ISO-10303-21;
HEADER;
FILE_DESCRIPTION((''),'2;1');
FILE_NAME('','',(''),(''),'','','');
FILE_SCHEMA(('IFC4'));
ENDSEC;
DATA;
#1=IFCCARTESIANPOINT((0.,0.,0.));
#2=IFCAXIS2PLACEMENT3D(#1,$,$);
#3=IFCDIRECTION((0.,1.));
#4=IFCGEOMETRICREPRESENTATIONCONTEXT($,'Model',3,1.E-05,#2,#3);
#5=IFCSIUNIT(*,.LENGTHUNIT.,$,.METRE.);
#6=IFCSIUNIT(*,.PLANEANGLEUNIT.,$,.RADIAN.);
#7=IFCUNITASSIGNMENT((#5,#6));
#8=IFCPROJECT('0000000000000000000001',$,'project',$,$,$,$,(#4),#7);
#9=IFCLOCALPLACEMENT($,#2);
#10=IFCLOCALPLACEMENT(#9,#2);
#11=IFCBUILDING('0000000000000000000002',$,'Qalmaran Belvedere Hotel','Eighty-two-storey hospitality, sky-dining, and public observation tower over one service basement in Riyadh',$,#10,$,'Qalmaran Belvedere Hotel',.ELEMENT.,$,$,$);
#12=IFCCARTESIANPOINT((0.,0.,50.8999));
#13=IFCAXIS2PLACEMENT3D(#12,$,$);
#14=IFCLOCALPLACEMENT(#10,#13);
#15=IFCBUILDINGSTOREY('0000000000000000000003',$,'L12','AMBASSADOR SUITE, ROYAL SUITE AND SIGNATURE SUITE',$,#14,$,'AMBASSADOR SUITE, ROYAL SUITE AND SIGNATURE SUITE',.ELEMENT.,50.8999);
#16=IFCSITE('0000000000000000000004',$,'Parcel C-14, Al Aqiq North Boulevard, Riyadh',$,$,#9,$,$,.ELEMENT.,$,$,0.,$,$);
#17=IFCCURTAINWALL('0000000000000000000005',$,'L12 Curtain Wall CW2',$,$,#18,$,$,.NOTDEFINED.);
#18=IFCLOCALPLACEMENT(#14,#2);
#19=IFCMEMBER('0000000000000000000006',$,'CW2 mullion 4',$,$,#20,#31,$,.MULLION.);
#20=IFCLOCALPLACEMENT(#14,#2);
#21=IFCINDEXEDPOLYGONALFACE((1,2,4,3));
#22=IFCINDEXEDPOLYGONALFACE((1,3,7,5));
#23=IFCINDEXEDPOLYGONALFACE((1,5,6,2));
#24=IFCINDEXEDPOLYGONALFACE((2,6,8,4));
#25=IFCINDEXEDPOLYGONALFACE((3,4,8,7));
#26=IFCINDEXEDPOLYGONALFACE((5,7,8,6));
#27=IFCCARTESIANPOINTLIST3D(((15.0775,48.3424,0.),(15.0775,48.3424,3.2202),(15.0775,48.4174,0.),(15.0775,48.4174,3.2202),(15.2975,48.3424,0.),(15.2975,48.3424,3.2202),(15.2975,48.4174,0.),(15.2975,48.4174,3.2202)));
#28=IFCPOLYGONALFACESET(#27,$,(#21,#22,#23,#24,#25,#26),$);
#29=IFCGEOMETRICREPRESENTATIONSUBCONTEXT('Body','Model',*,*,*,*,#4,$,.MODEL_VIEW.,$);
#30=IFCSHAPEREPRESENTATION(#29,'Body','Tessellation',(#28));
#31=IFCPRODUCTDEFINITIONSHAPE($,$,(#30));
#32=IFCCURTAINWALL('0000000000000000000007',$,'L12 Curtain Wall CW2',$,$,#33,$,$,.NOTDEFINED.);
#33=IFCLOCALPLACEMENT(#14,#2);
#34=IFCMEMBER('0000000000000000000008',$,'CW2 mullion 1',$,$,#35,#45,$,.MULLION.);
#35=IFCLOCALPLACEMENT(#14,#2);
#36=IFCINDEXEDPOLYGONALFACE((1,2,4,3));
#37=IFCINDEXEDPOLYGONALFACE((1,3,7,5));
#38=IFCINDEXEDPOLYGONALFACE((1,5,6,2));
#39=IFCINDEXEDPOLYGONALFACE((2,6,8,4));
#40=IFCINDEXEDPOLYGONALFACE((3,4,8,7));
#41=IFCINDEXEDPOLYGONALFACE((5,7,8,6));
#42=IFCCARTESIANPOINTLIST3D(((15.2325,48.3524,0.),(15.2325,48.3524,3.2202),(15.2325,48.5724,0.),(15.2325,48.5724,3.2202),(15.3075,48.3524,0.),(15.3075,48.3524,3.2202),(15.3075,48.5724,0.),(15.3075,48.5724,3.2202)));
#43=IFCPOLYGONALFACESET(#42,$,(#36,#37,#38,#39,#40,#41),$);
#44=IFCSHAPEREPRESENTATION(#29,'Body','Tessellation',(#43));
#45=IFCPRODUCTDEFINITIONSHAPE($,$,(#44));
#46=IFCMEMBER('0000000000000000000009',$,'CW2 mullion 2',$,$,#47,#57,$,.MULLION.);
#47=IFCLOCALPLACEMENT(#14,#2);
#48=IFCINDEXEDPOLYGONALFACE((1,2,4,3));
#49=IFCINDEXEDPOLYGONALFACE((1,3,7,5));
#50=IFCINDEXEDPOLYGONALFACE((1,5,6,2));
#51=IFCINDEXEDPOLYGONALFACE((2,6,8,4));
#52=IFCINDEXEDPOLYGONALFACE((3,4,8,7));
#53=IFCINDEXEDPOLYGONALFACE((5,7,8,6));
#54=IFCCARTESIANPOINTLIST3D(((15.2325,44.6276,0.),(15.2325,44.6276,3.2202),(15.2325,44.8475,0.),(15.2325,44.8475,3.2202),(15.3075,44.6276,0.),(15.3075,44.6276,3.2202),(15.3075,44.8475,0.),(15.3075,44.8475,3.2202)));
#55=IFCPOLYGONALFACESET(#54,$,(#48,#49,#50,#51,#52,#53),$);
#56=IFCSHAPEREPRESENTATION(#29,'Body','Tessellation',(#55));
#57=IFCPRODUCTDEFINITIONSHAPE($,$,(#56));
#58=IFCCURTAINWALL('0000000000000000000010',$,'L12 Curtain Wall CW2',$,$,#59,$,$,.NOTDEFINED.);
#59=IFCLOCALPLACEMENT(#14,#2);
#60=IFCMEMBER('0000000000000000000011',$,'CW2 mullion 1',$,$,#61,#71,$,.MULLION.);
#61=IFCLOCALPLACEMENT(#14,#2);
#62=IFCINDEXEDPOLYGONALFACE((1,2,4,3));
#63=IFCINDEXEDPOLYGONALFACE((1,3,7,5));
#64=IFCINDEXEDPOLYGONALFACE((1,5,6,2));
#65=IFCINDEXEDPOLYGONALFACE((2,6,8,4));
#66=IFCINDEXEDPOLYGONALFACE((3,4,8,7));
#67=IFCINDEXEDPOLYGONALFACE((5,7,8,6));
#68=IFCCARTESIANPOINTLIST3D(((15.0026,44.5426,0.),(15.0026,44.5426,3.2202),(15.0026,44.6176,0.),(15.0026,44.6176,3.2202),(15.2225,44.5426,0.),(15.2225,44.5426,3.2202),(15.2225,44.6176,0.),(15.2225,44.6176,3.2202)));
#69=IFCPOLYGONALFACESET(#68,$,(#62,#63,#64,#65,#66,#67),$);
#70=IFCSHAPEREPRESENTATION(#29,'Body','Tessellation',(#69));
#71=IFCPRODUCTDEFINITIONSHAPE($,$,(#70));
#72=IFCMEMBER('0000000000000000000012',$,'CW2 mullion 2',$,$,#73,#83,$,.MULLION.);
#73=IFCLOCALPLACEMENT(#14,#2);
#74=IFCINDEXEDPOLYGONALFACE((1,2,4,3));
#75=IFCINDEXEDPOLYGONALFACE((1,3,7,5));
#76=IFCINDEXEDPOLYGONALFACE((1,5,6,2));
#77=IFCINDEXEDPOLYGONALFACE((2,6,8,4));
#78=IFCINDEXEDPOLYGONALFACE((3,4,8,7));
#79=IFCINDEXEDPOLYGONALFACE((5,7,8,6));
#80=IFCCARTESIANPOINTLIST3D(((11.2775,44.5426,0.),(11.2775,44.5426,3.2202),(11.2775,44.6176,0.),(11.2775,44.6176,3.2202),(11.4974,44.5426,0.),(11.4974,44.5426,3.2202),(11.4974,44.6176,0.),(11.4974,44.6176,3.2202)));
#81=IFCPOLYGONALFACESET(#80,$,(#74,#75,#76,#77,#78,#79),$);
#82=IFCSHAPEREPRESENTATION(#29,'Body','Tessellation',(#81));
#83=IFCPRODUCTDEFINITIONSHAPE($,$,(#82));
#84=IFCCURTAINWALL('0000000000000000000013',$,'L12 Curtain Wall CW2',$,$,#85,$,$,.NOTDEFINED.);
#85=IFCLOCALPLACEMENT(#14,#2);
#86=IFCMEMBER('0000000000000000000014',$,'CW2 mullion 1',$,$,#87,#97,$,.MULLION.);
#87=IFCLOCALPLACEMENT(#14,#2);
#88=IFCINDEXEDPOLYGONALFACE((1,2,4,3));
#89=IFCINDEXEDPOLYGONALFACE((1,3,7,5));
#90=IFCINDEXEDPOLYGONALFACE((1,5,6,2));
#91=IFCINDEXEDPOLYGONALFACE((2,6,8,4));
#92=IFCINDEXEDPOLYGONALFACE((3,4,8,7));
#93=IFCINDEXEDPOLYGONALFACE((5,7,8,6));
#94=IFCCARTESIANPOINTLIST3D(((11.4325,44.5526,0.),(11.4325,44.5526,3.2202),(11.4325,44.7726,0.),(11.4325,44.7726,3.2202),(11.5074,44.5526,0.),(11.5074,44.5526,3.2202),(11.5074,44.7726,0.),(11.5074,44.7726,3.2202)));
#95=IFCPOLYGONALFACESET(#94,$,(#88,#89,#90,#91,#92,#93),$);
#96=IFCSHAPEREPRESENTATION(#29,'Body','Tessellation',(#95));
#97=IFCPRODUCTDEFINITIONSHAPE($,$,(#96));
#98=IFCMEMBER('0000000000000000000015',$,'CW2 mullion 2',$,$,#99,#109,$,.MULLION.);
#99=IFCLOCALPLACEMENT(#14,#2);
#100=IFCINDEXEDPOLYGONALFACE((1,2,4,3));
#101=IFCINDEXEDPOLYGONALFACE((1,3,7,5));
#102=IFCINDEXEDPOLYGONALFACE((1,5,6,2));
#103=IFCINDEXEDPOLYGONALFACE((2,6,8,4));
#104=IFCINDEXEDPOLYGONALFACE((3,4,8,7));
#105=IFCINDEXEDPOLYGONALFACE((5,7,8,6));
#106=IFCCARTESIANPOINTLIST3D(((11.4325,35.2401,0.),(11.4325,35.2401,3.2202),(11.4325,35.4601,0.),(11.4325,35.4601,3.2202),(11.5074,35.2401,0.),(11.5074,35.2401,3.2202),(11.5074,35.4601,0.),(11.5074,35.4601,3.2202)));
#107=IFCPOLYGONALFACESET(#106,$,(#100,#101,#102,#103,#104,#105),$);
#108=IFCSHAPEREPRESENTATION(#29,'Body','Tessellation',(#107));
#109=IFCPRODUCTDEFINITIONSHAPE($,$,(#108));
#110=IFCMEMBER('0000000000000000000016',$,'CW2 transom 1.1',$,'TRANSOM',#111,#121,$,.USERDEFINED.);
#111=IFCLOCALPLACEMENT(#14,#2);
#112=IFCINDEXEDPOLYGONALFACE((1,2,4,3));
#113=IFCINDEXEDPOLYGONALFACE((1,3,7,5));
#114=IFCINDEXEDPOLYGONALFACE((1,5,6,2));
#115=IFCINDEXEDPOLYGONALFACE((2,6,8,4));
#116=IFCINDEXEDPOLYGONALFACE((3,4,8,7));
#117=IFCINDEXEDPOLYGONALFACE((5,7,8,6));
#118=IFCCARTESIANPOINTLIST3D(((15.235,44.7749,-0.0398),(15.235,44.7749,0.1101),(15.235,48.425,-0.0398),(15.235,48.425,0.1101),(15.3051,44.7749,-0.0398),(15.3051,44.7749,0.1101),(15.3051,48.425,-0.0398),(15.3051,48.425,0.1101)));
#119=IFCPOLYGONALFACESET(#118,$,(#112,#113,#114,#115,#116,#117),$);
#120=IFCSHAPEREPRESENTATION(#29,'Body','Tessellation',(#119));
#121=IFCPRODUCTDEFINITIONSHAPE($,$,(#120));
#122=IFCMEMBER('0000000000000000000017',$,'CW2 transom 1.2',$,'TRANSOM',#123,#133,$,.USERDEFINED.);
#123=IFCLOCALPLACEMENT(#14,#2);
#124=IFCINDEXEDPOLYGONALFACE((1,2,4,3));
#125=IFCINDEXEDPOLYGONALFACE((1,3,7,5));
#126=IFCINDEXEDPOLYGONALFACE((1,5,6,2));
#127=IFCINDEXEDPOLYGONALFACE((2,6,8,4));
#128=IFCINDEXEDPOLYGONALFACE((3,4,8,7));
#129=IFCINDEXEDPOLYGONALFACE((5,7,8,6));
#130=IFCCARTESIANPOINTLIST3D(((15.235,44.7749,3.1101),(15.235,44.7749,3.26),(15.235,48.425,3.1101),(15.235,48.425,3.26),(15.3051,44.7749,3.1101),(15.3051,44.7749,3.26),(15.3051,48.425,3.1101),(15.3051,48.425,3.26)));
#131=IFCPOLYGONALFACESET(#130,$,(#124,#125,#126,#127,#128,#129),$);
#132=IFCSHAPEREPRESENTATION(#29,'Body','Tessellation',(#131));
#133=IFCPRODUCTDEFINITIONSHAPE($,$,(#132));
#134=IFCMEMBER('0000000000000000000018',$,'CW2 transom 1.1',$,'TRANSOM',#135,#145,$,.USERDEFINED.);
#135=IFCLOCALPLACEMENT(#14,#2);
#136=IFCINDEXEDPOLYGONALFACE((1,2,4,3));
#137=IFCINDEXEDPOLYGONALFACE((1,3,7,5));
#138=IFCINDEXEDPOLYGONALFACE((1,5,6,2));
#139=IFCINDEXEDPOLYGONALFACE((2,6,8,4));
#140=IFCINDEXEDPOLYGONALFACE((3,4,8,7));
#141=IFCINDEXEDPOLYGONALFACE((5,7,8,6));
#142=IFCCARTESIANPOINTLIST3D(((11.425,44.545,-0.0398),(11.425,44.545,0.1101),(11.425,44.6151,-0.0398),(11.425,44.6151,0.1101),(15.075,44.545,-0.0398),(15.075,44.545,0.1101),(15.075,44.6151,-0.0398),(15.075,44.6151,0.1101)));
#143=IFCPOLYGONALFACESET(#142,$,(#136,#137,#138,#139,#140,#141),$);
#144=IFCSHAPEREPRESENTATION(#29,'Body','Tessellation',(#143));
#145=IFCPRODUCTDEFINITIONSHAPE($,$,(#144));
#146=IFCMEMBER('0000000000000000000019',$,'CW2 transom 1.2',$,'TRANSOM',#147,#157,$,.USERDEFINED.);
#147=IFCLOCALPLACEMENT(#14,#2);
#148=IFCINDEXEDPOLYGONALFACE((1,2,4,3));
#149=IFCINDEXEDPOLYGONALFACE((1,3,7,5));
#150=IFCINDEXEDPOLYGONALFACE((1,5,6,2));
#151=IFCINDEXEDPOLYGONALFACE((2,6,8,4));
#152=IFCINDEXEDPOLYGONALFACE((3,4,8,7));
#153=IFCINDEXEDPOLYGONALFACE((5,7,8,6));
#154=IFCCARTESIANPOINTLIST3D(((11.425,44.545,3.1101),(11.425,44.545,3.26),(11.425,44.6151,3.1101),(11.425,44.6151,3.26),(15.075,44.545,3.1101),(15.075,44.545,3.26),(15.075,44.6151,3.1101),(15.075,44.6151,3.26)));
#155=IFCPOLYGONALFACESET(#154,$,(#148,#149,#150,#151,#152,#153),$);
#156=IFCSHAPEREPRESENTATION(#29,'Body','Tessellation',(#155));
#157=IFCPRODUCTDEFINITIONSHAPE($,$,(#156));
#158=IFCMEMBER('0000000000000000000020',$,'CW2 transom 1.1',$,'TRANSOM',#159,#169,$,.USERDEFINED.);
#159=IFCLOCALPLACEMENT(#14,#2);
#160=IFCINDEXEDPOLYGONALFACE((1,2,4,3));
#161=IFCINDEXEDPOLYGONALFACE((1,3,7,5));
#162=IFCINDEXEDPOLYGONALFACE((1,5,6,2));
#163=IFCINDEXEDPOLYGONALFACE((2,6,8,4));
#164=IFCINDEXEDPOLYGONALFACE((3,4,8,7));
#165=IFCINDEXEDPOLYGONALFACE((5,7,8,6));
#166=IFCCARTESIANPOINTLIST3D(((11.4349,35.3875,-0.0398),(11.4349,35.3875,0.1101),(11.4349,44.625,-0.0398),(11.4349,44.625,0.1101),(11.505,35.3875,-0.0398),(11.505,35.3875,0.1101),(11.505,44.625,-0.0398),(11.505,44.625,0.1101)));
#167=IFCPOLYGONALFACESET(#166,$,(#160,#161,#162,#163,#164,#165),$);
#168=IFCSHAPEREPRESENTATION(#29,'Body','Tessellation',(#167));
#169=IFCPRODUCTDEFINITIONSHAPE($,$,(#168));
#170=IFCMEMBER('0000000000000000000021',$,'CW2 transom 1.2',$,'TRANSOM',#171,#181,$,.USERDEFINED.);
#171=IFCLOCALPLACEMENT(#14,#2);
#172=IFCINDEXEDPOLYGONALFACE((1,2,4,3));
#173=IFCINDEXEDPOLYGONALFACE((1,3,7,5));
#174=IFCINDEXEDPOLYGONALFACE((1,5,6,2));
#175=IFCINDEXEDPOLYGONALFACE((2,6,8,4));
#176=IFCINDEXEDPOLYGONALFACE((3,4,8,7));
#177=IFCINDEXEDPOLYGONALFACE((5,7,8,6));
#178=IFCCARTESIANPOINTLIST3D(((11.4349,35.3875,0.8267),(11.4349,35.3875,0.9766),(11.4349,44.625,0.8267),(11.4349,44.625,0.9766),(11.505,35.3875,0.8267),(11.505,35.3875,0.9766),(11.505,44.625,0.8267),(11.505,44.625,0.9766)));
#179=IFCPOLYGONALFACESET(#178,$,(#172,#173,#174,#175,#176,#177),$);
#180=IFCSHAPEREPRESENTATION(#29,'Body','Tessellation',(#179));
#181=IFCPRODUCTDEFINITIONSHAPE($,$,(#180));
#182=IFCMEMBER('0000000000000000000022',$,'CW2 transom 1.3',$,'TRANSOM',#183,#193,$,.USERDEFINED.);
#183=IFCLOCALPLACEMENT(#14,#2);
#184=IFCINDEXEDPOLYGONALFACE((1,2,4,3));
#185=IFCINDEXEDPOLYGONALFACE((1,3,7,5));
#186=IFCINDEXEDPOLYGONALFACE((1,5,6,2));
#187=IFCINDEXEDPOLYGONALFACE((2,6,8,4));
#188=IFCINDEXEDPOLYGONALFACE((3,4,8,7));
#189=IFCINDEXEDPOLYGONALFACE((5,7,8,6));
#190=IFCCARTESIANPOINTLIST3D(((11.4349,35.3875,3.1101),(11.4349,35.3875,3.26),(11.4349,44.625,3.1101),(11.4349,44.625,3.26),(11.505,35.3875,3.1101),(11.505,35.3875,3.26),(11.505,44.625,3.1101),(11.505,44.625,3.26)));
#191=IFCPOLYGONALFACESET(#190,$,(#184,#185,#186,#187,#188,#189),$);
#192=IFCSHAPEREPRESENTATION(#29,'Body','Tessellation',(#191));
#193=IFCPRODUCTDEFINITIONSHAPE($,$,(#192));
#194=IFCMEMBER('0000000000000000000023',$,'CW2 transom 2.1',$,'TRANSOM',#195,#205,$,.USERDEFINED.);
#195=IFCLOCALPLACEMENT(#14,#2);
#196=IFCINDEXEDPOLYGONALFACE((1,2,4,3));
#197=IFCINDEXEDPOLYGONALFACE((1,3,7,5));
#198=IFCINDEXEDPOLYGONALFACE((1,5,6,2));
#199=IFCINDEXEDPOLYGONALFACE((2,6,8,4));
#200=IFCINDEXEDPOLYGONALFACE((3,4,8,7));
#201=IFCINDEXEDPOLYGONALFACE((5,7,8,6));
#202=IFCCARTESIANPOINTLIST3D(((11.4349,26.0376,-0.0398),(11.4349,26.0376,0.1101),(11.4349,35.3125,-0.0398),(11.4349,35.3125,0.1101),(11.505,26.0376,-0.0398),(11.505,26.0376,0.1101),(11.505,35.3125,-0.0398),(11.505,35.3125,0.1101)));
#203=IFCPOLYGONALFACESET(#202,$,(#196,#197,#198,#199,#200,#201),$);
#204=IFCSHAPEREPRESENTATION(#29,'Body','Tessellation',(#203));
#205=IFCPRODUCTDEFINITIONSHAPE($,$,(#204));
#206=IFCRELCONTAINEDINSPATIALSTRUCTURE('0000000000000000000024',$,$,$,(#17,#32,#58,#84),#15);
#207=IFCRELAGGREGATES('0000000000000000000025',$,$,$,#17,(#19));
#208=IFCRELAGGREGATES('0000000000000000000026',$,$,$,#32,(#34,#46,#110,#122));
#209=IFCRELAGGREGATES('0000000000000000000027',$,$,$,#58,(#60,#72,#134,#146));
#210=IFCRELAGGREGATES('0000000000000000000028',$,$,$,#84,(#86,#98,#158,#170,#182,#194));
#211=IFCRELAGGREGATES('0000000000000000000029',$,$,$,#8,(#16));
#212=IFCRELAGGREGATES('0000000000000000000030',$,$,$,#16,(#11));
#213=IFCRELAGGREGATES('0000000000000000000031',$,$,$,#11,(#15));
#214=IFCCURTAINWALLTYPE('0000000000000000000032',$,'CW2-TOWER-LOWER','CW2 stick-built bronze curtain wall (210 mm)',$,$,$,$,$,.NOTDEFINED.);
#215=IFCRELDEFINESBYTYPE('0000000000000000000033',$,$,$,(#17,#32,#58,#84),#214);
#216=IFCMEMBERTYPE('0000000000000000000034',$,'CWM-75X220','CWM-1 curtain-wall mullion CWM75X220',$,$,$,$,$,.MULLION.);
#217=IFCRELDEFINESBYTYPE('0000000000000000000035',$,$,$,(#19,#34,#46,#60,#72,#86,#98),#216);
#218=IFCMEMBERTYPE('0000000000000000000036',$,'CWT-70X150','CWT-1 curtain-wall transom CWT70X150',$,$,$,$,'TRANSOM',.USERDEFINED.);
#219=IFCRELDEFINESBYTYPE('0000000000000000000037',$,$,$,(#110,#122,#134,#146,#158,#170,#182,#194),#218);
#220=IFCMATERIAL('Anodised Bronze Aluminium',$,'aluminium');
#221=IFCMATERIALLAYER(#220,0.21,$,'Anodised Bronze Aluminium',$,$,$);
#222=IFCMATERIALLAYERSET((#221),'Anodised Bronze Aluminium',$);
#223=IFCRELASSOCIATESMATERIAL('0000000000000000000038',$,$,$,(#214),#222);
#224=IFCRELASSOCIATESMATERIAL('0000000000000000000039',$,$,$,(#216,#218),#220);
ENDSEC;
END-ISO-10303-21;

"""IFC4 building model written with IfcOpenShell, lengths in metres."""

from ifc_helpers import new_model, si_unit, direction, frame, origin, origin_2d, place, context, subcontext, project, spatial, rectangle, extrude, material, layer, layer_set, material_profile, profile_set, type_object, element, aggregate, save


model = new_model("IFC4")

# Units and contexts
model_context = context("Model", 3, precision=1e-05, world=origin(), true_north=direction((0.0, 1.0)))
body_context = subcontext(model_context, "Body", "Model", "MODEL_VIEW")
ifc_project = project(units=[si_unit("LENGTHUNIT", "METRE"), si_unit("PLANEANGLEUNIT", "RADIAN")], contexts=[model_context])

# Site, building, storey
site_placement = place(None, origin())
site = spatial("IfcSite", under=ifc_project, at=site_placement, Name="Parcel C-14, Al Aqiq North Boulevard, Riyadh", CompositionType="ELEMENT", RefElevation=0.0)
building_placement = place(site_placement, origin())
building = spatial("IfcBuilding", under=site, at=building_placement, Name="Qalmaran Belvedere Hotel", Description="Eighty-two-storey hospitality, sky-dining, and public observation tower over one service basement in Riyadh", LongName="Qalmaran Belvedere Hotel", CompositionType="ELEMENT")
storey_placement = place(building_placement, frame((0.0, 0.0, 50.8999)))
storey = spatial("IfcBuildingStorey", under=building, at=storey_placement, Name="L12", Description="AMBASSADOR SUITE, ROYAL SUITE AND SIGNATURE SUITE", LongName="AMBASSADOR SUITE, ROYAL SUITE AND SIGNATURE SUITE", CompositionType="ELEMENT", Elevation=50.8999)

# Curtain wall, member
ifc_material_1 = material(Name="Anodised Bronze Aluminium", Category="aluminium")
ifc_layer_1 = layer(ifc_material_1, 0.21, Name="Anodised Bronze Aluminium")
ifc_layer_set_1 = layer_set([ifc_layer_1], Name="Anodised Bronze Aluminium")
curtain_wall_type = type_object("IfcCurtainWallType", Name="CW2-TOWER-LOWER", Description="CW2 stick-built bronze curtain wall (210 mm)", PredefinedType="NOTDEFINED", material=ifc_layer_set_1)
curtain_wall_1_placement = place(storey_placement, origin())
curtain_wall_1 = element("IfcCurtainWall", 1, at=curtain_wall_1_placement, inside=storey, type_object=curtain_wall_type, Name="L12 Curtain Wall CW2", PredefinedType="NOTDEFINED")
ifc_material_profile_1 = material_profile(ifc_material_1, rectangle(XDim=0.075, YDim=0.22, at=origin_2d()), Name="CWM75X220")
ifc_profile_set_1 = profile_set([ifc_material_profile_1], Name="Anodised Bronze Aluminium")
member_type_1 = type_object("IfcMemberType", Name="CWM-75X220", Description="CWM-1 curtain-wall mullion CWM75X220", PredefinedType="MULLION", material=ifc_profile_set_1)
member_1_placement = place(storey_placement, frame((15.1875, 48.3799, 0.0), z_axis=(0.0, 0.0, 1.0), x_axis=(0.0, -1.0, 0.0)))
member_1 = element("IfcMember", 2, at=member_1_placement, type_object=member_type_1, Name="CW2 mullion 4", PredefinedType="MULLION", context=body_context, shape_type="SweptSolid", body=[
    extrude(rectangle(XDim=0.075, YDim=0.22, at=origin_2d()), origin(), (0.0, 0.0, 1.0), 3.2202),
])

# Curtain walls, members
curtain_wall_2_placement = place(storey_placement, origin())
curtain_wall_2 = element("IfcCurtainWall", 3, at=curtain_wall_2_placement, inside=storey, type_object=curtain_wall_type, Name="L12 Curtain Wall CW2", PredefinedType="NOTDEFINED")
member_2_placement = place(storey_placement, frame((15.27, 48.4624, 0.0), z_axis=(0.0, 0.0, 1.0), x_axis=(1.0, 0.0, 0.0)))
member_2 = element("IfcMember", 4, at=member_2_placement, type_object=member_type_1, Name="CW2 mullion 1", PredefinedType="MULLION", context=body_context, shape_type="SweptSolid", body=[
    extrude(rectangle(XDim=0.075, YDim=0.22, at=origin_2d()), origin(), (0.0, 0.0, 1.0), 3.2202),
])
member_3_placement = place(storey_placement, frame((15.27, 44.7375, 0.0), z_axis=(0.0, 0.0, 1.0), x_axis=(1.0, 0.0, 0.0)))
member_3 = element("IfcMember", 5, at=member_3_placement, type_object=member_type_1, Name="CW2 mullion 2", PredefinedType="MULLION", context=body_context, shape_type="SweptSolid", body=[
    extrude(rectangle(XDim=0.075, YDim=0.22, at=origin_2d()), origin(), (0.0, 0.0, 1.0), 3.2202),
])
curtain_wall_3_placement = place(storey_placement, origin())
curtain_wall_3 = element("IfcCurtainWall", 6, at=curtain_wall_3_placement, inside=storey, type_object=curtain_wall_type, Name="L12 Curtain Wall CW2", PredefinedType="NOTDEFINED")
member_4_placement = place(storey_placement, frame((15.1125, 44.5801, 0.0), z_axis=(0.0, 0.0, 1.0), x_axis=(0.0, -1.0, 0.0)))
member_4 = element("IfcMember", 7, at=member_4_placement, type_object=member_type_1, Name="CW2 mullion 1", PredefinedType="MULLION", context=body_context, shape_type="SweptSolid", body=[
    extrude(rectangle(XDim=0.075, YDim=0.22, at=origin_2d()), origin(), (0.0, 0.0, 1.0), 3.2202),
])
member_5_placement = place(storey_placement, frame((11.3875, 44.5801, 0.0), z_axis=(0.0, 0.0, 1.0), x_axis=(0.0, -1.0, 0.0)))
member_5 = element("IfcMember", 8, at=member_5_placement, type_object=member_type_1, Name="CW2 mullion 2", PredefinedType="MULLION", context=body_context, shape_type="SweptSolid", body=[
    extrude(rectangle(XDim=0.075, YDim=0.22, at=origin_2d()), origin(), (0.0, 0.0, 1.0), 3.2202),
])
curtain_wall_4_placement = place(storey_placement, origin())
curtain_wall_4 = element("IfcCurtainWall", 9, at=curtain_wall_4_placement, inside=storey, type_object=curtain_wall_type, Name="L12 Curtain Wall CW2", PredefinedType="NOTDEFINED")
member_6_placement = place(storey_placement, frame((11.47, 44.6626, 0.0), z_axis=(0.0, 0.0, 1.0), x_axis=(1.0, 0.0, 0.0)))
member_6 = element("IfcMember", 10, at=member_6_placement, type_object=member_type_1, Name="CW2 mullion 1", PredefinedType="MULLION", context=body_context, shape_type="SweptSolid", body=[
    extrude(rectangle(XDim=0.075, YDim=0.22, at=origin_2d()), origin(), (0.0, 0.0, 1.0), 3.2202),
])
member_7_placement = place(storey_placement, frame((11.47, 35.3501, 0.0), z_axis=(0.0, 0.0, 1.0), x_axis=(1.0, 0.0, 0.0)))
member_7 = element("IfcMember", 11, at=member_7_placement, type_object=member_type_1, Name="CW2 mullion 2", PredefinedType="MULLION", context=body_context, shape_type="SweptSolid", body=[
    extrude(rectangle(XDim=0.075, YDim=0.22, at=origin_2d()), origin(), (0.0, 0.0, 1.0), 3.2202),
])

# Members
ifc_material_profile_2 = material_profile(ifc_material_1, rectangle(XDim=0.0701, YDim=0.1499, at=origin_2d()), Name="CWT70X150")
ifc_profile_set_2 = profile_set([ifc_material_profile_2], Name="Anodised Bronze Aluminium")
member_type_2 = type_object("IfcMemberType", Name="CWT-70X150", Description="CWT-1 curtain-wall transom CWT70X150", ElementType="TRANSOM", PredefinedType="USERDEFINED", material=ifc_profile_set_2)
member_8_placement = place(storey_placement, frame((15.27, 48.425, 0.0352), z_axis=(0.0, -1.0, 0.0), x_axis=(1.0, 0.0, 0.0)))
member_8 = element("IfcMember", 12, at=member_8_placement, type_object=member_type_2, Name="CW2 transom 1.1", ObjectType="TRANSOM", PredefinedType="USERDEFINED", context=body_context, shape_type="SweptSolid", body=[
    extrude(rectangle(XDim=0.0701, YDim=0.1499, at=origin_2d()), origin(), (0.0, 0.0, 1.0), 3.6501),
])
member_9_placement = place(storey_placement, frame((15.27, 48.425, 3.1851), z_axis=(0.0, -1.0, 0.0), x_axis=(1.0, 0.0, 0.0)))
member_9 = element("IfcMember", 13, at=member_9_placement, type_object=member_type_2, Name="CW2 transom 1.2", ObjectType="TRANSOM", PredefinedType="USERDEFINED", context=body_context, shape_type="SweptSolid", body=[
    extrude(rectangle(XDim=0.0701, YDim=0.1499, at=origin_2d()), origin(), (0.0, 0.0, 1.0), 3.6501),
])
member_10_placement = place(storey_placement, frame((15.075, 44.5801, 0.0352), z_axis=(-1.0, 0.0, 0.0), x_axis=(0.0, -1.0, 0.0)))
member_10 = element("IfcMember", 14, at=member_10_placement, type_object=member_type_2, Name="CW2 transom 1.1", ObjectType="TRANSOM", PredefinedType="USERDEFINED", context=body_context, shape_type="SweptSolid", body=[
    extrude(rectangle(XDim=0.0701, YDim=0.1499, at=origin_2d()), origin(), (0.0, 0.0, 1.0), 3.6499),
])
member_11_placement = place(storey_placement, frame((15.075, 44.5801, 3.1851), z_axis=(-1.0, 0.0, 0.0), x_axis=(0.0, -1.0, 0.0)))
member_11 = element("IfcMember", 15, at=member_11_placement, type_object=member_type_2, Name="CW2 transom 1.2", ObjectType="TRANSOM", PredefinedType="USERDEFINED", context=body_context, shape_type="SweptSolid", body=[
    extrude(rectangle(XDim=0.0701, YDim=0.1499, at=origin_2d()), origin(), (0.0, 0.0, 1.0), 3.6499),
])
member_12_placement = place(storey_placement, frame((11.47, 44.625, 0.0352), z_axis=(0.0, -1.0, 0.0), x_axis=(1.0, 0.0, 0.0)))
member_12 = element("IfcMember", 16, at=member_12_placement, type_object=member_type_2, Name="CW2 transom 1.1", ObjectType="TRANSOM", PredefinedType="USERDEFINED", context=body_context, shape_type="SweptSolid", body=[
    extrude(rectangle(XDim=0.0701, YDim=0.1499, at=origin_2d()), origin(), (0.0, 0.0, 1.0), 9.2375),
])
member_13_placement = place(storey_placement, frame((11.47, 44.625, 0.9016), z_axis=(0.0, -1.0, 0.0), x_axis=(1.0, 0.0, 0.0)))
member_13 = element("IfcMember", 17, at=member_13_placement, type_object=member_type_2, Name="CW2 transom 1.2", ObjectType="TRANSOM", PredefinedType="USERDEFINED", context=body_context, shape_type="SweptSolid", body=[
    extrude(rectangle(XDim=0.0701, YDim=0.1499, at=origin_2d()), origin(), (0.0, 0.0, 1.0), 9.2375),
])
member_14_placement = place(storey_placement, frame((11.47, 44.625, 3.1851), z_axis=(0.0, -1.0, 0.0), x_axis=(1.0, 0.0, 0.0)))
member_14 = element("IfcMember", 18, at=member_14_placement, type_object=member_type_2, Name="CW2 transom 1.3", ObjectType="TRANSOM", PredefinedType="USERDEFINED", context=body_context, shape_type="SweptSolid", body=[
    extrude(rectangle(XDim=0.0701, YDim=0.1499, at=origin_2d()), origin(), (0.0, 0.0, 1.0), 9.2375),
])
member_15_placement = place(storey_placement, frame((11.47, 35.3125, 0.0352), z_axis=(0.0, -1.0, 0.0), x_axis=(1.0, 0.0, 0.0)))
member_15 = element("IfcMember", 19, at=member_15_placement, type_object=member_type_2, Name="CW2 transom 2.1", ObjectType="TRANSOM", PredefinedType="USERDEFINED", context=body_context, shape_type="SweptSolid", body=[
    extrude(rectangle(XDim=0.0701, YDim=0.1499, at=origin_2d()), origin(), (0.0, 0.0, 1.0), 9.2749),
])

aggregate(curtain_wall_1, [member_1])
aggregate(curtain_wall_2, [member_2, member_3, member_8, member_9])
aggregate(curtain_wall_3, [member_4, member_5, member_10, member_11])
aggregate(curtain_wall_4, [member_6, member_7, member_12, member_13, member_14, member_15])

save(model, "model.ifc")
